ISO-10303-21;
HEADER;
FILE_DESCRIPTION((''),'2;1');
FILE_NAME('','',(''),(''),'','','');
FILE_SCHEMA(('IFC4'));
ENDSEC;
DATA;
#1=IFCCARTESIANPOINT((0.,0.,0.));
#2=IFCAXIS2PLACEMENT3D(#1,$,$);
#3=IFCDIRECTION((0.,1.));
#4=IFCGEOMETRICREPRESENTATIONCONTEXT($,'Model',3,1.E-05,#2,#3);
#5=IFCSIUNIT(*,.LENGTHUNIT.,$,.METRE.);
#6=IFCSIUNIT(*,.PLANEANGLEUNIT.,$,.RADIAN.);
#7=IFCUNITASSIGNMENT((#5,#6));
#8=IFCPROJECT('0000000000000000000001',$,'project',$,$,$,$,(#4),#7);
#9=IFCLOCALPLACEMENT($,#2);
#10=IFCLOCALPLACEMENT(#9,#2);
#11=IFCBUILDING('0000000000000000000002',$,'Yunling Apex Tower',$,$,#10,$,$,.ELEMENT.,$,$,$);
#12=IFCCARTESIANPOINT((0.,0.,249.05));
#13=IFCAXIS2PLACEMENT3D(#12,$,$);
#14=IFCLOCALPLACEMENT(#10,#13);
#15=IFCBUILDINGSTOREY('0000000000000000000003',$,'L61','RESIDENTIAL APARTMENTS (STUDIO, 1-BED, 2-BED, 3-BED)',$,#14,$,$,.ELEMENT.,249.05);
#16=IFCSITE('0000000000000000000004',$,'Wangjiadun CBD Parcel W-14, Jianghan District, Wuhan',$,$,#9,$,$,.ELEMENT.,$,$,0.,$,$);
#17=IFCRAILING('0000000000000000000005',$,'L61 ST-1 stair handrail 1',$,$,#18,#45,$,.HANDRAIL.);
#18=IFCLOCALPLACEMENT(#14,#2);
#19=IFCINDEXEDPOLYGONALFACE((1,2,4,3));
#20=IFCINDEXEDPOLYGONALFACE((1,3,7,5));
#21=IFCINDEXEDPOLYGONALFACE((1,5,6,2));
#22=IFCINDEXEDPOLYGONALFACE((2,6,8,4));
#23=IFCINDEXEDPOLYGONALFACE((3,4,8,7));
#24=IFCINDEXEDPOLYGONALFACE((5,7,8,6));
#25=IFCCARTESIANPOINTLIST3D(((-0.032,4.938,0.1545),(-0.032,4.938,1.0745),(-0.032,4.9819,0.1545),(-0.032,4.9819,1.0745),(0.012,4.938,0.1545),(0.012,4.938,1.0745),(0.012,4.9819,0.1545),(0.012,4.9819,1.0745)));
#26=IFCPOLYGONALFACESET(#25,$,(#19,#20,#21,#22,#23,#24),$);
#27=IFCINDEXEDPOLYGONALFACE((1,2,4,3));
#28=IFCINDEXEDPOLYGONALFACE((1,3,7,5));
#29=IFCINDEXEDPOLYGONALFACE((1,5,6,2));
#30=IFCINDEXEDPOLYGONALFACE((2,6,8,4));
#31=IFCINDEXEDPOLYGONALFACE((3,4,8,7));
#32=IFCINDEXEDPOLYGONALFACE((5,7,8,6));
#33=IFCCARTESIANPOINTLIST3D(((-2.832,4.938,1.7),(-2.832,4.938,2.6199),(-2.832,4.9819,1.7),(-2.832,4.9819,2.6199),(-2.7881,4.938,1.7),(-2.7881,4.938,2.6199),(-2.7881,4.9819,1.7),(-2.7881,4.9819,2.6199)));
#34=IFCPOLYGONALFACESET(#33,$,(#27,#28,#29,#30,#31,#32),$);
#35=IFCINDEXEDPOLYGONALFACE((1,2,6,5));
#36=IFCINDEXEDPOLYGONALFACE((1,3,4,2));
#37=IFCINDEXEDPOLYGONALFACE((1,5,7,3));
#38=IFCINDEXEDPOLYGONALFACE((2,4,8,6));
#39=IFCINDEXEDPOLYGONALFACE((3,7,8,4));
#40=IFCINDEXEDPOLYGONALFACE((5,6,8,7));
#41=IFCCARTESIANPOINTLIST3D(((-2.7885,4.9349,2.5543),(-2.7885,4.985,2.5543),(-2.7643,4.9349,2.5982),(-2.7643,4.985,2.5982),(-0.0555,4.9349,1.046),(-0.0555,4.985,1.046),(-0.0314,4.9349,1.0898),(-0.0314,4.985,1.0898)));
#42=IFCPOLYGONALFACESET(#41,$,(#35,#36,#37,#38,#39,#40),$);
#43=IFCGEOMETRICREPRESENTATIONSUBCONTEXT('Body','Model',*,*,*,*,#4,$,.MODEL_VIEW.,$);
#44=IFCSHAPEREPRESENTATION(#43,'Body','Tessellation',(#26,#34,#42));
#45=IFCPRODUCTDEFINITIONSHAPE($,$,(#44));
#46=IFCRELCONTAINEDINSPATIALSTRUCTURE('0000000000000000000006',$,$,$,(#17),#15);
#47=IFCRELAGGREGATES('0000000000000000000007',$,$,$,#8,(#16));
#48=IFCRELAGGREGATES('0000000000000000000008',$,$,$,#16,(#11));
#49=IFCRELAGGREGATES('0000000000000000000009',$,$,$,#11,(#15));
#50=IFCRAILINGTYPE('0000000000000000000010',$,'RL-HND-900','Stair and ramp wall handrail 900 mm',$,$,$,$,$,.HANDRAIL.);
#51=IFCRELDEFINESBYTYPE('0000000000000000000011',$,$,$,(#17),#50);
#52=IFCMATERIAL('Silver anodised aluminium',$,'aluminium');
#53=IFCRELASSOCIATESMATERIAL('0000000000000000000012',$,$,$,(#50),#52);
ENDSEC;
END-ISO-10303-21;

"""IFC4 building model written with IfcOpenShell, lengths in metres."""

from ifc_helpers import new_model, si_unit, direction, frame, origin, origin_2d, place, context, subcontext, project, spatial, rectangle, extrude, material, type_object, element, save


model = new_model("IFC4")

# Units and contexts
model_context = context("Model", 3, precision=1e-05, world=origin(), true_north=direction((0.0, 1.0)))
body_context = subcontext(model_context, "Body", "Model", "MODEL_VIEW")
ifc_project = project(units=[si_unit("LENGTHUNIT", "METRE"), si_unit("PLANEANGLEUNIT", "RADIAN")], contexts=[model_context])

# Site, building, storey
site_placement = place(None, origin())
site = spatial("IfcSite", under=ifc_project, at=site_placement, Name="Wangjiadun CBD Parcel W-14, Jianghan District, Wuhan", CompositionType="ELEMENT", RefElevation=0.0)
building_placement = place(site_placement, origin())
building = spatial("IfcBuilding", under=site, at=building_placement, Name="Yunling Apex Tower", CompositionType="ELEMENT")
storey_placement = place(building_placement, frame((0.0, 0.0, 249.05)))
storey = spatial("IfcBuildingStorey", under=building, at=storey_placement, Name="L61", Description="RESIDENTIAL APARTMENTS (STUDIO, 1-BED, 2-BED, 3-BED)", CompositionType="ELEMENT", Elevation=249.05)

# Railing
ifc_material_1 = material(Name="Silver anodised aluminium", Category="aluminium")
railing_type_1 = type_object("IfcRailingType", Name="RL-HND-900", Description="Stair and ramp wall handrail 900 mm", PredefinedType="HANDRAIL", material=ifc_material_1)
railing_1_placement = place(storey_placement, frame((-0.01, 4.96, 0.1545)))
element("IfcRailing", 1, at=railing_1_placement, inside=storey, type_object=railing_type_1, Name="L61 ST-1 stair handrail 1", PredefinedType="HANDRAIL", context=body_context, shape_type="SweptSolid", body=[
    extrude(rectangle(XDim=0.0439, YDim=0.0439, at=origin_2d()), origin(), (0.0, 0.0, 1.0), 0.9199),
    extrude(rectangle(XDim=0.0439, YDim=0.0439, at=origin_2d()), frame((-2.8, 0.0, 1.5454)), (0.0, 0.0, 1.0), 0.9199),
    extrude(rectangle(XDim=0.05, YDim=0.05, at=origin_2d()), frame((-0.0334, 0.0, 0.9133), z_axis=(-0.875504, 0.0, 0.483211), x_axis=(0.0, -1.0, 0.0)), (0.0, 0.0, 1.0), 3.1216),
])

save(model, "model.ifc")
